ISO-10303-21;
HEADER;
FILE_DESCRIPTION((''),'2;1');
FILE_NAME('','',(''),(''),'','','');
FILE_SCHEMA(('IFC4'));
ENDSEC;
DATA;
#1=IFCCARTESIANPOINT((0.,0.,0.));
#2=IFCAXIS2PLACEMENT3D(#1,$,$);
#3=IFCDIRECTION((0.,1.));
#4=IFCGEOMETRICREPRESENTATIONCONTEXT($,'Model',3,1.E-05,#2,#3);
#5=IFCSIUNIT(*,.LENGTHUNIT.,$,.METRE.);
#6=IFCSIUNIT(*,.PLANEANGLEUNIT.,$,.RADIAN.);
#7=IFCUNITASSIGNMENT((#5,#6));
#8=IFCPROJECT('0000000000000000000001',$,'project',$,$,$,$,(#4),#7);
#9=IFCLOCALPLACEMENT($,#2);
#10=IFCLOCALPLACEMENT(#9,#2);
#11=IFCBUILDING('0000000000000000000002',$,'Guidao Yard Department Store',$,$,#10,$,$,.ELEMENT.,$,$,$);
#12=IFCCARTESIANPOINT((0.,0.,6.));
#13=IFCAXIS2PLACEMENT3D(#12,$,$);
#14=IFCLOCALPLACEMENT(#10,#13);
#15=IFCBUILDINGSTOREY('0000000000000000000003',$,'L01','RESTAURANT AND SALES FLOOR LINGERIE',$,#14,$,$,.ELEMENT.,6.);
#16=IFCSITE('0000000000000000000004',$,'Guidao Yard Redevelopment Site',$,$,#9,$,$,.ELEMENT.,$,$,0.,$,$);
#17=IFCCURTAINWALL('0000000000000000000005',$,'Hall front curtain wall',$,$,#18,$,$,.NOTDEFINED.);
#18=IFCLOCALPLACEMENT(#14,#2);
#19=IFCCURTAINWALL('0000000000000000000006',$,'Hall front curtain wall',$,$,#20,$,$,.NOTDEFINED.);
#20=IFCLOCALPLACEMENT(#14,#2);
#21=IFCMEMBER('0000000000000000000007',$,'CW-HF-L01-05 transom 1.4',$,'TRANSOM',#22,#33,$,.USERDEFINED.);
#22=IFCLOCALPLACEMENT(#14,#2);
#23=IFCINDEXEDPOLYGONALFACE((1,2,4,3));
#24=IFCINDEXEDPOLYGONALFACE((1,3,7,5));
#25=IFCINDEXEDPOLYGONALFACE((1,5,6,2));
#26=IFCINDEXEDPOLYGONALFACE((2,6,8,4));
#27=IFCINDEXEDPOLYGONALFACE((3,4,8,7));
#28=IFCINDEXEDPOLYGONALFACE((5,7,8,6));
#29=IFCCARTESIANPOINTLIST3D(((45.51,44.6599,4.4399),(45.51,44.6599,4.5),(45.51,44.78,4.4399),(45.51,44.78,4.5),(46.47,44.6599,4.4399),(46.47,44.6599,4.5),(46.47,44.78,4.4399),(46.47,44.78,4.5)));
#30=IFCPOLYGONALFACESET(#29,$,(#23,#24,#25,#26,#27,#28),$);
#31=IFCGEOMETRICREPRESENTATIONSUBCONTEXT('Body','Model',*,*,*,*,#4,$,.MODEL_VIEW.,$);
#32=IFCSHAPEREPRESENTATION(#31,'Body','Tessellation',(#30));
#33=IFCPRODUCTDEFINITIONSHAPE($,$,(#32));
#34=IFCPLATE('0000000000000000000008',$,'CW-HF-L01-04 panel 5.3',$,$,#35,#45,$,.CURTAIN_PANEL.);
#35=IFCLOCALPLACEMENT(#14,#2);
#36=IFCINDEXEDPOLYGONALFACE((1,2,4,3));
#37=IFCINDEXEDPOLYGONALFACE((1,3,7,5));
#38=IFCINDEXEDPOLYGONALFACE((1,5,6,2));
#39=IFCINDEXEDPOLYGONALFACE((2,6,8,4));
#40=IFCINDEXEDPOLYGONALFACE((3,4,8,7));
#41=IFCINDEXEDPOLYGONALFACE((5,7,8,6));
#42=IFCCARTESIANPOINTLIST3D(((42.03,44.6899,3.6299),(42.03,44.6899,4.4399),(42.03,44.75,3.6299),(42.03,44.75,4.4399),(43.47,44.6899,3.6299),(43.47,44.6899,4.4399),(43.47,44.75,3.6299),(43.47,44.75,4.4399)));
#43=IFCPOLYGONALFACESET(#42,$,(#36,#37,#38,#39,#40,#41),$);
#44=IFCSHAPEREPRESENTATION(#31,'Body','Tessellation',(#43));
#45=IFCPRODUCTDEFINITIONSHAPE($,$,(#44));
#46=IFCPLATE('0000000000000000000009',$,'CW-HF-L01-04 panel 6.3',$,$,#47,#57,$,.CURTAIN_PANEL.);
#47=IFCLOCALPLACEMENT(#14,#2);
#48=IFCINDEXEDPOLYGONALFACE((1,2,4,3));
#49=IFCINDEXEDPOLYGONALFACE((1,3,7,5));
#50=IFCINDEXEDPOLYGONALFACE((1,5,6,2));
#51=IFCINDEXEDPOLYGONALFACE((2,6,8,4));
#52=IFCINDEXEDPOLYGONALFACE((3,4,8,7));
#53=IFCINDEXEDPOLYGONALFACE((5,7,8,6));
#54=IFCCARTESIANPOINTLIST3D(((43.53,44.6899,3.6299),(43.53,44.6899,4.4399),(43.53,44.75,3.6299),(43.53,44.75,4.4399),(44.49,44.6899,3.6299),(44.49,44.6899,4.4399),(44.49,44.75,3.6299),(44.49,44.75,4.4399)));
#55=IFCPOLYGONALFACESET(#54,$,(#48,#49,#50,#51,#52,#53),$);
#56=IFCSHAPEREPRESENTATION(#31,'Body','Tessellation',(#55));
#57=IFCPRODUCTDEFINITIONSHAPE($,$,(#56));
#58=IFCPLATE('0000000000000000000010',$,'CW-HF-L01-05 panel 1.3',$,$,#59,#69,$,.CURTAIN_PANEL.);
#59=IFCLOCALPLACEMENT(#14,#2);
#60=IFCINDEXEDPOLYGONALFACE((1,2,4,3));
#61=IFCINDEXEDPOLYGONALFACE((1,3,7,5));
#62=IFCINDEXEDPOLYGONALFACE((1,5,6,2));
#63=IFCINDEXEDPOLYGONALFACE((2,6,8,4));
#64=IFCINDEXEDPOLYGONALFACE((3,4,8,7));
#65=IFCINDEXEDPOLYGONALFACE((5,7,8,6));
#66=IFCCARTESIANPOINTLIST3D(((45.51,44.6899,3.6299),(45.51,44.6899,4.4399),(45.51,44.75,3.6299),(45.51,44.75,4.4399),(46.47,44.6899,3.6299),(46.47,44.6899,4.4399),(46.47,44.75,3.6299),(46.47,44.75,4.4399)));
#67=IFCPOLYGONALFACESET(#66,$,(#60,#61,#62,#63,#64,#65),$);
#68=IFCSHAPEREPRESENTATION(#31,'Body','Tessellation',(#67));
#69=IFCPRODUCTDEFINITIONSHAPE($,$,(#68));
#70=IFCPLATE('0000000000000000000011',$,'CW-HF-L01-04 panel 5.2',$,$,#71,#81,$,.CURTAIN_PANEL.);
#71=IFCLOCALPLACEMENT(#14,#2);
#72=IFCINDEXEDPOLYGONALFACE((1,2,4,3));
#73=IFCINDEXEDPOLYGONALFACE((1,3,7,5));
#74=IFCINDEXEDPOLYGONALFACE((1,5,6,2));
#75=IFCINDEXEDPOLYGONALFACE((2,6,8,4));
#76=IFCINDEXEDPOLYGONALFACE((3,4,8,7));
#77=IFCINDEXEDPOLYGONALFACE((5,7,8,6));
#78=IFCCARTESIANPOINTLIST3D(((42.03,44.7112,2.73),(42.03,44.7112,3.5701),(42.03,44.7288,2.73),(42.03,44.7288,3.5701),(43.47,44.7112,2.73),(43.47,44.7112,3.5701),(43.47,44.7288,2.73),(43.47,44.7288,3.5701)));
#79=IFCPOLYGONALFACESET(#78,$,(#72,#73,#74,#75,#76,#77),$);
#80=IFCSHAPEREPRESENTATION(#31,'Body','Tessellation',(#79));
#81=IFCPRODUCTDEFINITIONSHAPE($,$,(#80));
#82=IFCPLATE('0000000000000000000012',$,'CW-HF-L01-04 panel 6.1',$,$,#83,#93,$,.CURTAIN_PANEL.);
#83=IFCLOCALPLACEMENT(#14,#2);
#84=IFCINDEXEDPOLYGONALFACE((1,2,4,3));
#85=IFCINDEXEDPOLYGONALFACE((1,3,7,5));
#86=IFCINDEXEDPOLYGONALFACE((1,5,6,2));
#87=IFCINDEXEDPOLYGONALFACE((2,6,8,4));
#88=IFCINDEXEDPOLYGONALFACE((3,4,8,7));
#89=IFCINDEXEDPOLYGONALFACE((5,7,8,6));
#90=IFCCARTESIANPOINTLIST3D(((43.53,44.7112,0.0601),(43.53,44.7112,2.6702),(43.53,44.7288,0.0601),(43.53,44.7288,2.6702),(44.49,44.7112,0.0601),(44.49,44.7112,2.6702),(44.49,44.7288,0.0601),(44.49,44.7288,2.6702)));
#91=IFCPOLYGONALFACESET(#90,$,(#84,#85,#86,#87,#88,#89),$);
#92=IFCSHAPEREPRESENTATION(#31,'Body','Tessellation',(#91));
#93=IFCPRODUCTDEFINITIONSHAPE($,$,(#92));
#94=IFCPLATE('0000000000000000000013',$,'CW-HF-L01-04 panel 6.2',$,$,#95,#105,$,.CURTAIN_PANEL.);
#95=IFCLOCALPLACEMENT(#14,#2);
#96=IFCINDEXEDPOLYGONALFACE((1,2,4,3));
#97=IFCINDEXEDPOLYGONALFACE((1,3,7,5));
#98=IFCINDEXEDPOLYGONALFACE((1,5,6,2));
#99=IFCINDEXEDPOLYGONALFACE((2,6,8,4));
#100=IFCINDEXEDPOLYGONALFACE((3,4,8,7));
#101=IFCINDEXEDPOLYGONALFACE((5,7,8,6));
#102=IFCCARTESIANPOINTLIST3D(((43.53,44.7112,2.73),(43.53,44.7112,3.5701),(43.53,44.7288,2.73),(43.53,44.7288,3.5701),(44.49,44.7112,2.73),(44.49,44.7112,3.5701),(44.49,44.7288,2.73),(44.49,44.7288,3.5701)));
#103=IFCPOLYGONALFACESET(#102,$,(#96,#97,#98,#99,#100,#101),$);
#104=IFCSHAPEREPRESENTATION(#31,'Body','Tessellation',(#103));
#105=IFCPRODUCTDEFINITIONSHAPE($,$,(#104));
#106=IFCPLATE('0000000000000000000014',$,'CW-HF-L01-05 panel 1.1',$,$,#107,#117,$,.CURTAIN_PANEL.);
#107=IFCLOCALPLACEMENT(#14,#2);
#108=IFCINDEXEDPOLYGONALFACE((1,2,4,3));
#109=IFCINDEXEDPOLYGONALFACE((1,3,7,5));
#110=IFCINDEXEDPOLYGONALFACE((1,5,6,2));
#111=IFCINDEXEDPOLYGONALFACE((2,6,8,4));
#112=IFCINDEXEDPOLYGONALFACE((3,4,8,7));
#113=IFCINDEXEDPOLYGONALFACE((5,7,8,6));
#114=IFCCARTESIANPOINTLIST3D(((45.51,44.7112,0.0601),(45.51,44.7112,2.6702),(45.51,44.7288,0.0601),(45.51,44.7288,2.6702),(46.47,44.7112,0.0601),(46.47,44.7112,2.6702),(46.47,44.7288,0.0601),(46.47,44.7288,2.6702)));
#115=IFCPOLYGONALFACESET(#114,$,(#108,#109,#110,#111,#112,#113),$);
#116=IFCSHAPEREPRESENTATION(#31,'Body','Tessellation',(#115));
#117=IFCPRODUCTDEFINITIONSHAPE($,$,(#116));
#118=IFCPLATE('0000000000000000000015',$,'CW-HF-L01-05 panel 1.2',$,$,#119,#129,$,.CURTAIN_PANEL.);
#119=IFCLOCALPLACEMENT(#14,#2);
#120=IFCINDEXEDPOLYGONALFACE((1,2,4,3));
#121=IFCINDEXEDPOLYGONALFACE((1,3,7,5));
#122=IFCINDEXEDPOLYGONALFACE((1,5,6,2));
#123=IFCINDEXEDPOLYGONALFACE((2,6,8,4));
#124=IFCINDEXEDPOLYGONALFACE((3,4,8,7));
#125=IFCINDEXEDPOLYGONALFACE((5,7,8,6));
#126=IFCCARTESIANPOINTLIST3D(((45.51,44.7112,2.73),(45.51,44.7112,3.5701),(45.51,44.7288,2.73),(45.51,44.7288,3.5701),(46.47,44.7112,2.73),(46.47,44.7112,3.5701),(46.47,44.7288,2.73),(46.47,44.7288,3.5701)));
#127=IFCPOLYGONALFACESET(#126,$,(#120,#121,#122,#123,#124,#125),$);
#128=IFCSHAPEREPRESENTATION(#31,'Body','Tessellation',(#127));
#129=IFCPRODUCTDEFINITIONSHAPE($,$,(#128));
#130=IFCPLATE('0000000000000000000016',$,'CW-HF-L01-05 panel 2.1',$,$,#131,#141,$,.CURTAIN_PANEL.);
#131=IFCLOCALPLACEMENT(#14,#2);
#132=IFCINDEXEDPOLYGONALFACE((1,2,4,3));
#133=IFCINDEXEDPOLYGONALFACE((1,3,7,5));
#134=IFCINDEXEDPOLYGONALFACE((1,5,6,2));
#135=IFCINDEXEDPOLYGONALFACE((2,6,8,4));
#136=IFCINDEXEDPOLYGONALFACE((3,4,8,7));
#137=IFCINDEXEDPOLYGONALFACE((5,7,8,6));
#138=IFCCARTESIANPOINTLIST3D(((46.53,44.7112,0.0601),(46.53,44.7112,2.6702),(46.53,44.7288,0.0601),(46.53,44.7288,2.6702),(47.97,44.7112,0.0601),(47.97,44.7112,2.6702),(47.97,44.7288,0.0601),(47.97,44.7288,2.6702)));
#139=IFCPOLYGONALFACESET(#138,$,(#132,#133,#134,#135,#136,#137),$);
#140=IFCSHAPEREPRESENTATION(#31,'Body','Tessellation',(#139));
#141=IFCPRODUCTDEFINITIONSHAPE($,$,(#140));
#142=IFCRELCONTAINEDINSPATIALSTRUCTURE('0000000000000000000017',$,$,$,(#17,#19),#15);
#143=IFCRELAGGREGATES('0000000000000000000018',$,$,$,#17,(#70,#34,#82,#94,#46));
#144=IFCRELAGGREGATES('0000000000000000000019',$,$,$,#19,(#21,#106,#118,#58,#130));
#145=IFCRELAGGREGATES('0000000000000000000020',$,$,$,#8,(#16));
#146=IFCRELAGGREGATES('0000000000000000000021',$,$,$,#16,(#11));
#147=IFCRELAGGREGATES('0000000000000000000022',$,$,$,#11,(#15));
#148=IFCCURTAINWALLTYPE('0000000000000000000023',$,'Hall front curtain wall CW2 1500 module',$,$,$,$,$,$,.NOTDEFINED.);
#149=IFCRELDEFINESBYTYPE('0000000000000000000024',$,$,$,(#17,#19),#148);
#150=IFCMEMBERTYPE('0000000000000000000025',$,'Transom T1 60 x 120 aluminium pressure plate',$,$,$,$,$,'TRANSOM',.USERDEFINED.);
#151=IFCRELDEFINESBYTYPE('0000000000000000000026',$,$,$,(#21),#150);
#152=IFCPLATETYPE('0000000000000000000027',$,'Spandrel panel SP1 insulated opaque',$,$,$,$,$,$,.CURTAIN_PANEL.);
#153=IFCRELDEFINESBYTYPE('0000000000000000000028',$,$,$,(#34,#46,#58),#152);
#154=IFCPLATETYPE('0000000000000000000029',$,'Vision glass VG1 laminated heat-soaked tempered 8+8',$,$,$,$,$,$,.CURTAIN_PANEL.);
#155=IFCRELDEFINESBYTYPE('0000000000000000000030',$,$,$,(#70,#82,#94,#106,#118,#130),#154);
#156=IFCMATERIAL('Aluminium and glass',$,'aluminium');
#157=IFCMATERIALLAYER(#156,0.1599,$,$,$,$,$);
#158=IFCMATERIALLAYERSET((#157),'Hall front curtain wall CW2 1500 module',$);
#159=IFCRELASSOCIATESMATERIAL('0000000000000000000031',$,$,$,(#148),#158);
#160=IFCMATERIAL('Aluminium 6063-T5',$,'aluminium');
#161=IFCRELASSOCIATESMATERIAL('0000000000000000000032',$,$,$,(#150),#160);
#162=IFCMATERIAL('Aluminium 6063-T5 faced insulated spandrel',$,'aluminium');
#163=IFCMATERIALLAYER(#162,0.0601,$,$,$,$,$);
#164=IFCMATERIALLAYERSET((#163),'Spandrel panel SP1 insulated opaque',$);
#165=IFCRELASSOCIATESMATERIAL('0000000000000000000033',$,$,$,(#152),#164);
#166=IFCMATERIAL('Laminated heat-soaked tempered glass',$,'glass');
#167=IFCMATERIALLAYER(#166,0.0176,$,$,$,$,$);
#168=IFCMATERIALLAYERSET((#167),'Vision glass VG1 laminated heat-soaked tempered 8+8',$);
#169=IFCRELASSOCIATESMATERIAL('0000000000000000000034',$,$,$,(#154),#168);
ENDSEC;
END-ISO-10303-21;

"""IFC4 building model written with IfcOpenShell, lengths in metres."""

from ifc_helpers import new_model, si_unit, direction, frame, origin, origin_2d, place, context, subcontext, project, spatial, rectangle, extrude, material, layer, layer_set, material_profile, profile_set, type_object, element, aggregate, save


model = new_model("IFC4")

# Units and contexts
model_context = context("Model", 3, precision=1e-05, world=origin(), true_north=direction((0.0, 1.0)))
body_context = subcontext(model_context, "Body", "Model", "MODEL_VIEW")
ifc_project = project(units=[si_unit("LENGTHUNIT", "METRE"), si_unit("PLANEANGLEUNIT", "RADIAN")], contexts=[model_context])

# Site, building, storey
site_placement = place(None, origin())
site = spatial("IfcSite", under=ifc_project, at=site_placement, Name="Guidao Yard Redevelopment Site", CompositionType="ELEMENT", RefElevation=0.0)
building_placement = place(site_placement, origin())
building = spatial("IfcBuilding", under=site, at=building_placement, Name="Guidao Yard Department Store", CompositionType="ELEMENT")
storey_placement = place(building_placement, frame((0.0, 0.0, 6.0)))
storey = spatial("IfcBuildingStorey", under=building, at=storey_placement, Name="L01", Description="RESTAURANT AND SALES FLOOR LINGERIE", CompositionType="ELEMENT", Elevation=6.0)

# Curtain walls
ifc_material_1 = material(Name="Aluminium and glass", Category="aluminium")
ifc_layer_1 = layer(ifc_material_1, 0.1599)
ifc_layer_set_1 = layer_set([ifc_layer_1], Name="Hall front curtain wall CW2 1500 module")
curtain_wall_type = type_object("IfcCurtainWallType", Name="Hall front curtain wall CW2 1500 module", PredefinedType="NOTDEFINED", material=ifc_layer_set_1)
curtain_wall_1_placement = place(storey_placement, origin())
curtain_wall_1 = element("IfcCurtainWall", 1, at=curtain_wall_1_placement, inside=storey, type_object=curtain_wall_type, Name="Hall front curtain wall", PredefinedType="NOTDEFINED")
curtain_wall_2_placement = place(storey_placement, origin())
curtain_wall_2 = element("IfcCurtainWall", 2, at=curtain_wall_2_placement, inside=storey, type_object=curtain_wall_type, Name="Hall front curtain wall", PredefinedType="NOTDEFINED")

# Member
ifc_material_2 = material(Name="Aluminium 6063-T5", Category="aluminium")
ifc_material_profile_1 = material_profile(ifc_material_2, rectangle(XDim=0.1201, YDim=0.0601, at=origin_2d()), Name="Transom T1 60 x 120 aluminium pressure plate")
ifc_profile_set_1 = profile_set([ifc_material_profile_1], Name="Aluminium 6063-T5")
member_type_1 = type_object("IfcMemberType", Name="Transom T1 60 x 120 aluminium pressure plate", ElementType="TRANSOM", PredefinedType="USERDEFINED", material=ifc_profile_set_1)
member_1_placement = place(storey_placement, frame((46.47, 44.72, 4.47), z_axis=(-1.0, 0.0, 0.0), x_axis=(0.0, -1.0, 0.0)))
member_1 = element("IfcMember", 3, at=member_1_placement, type_object=member_type_1, Name="CW-HF-L01-05 transom 1.4", ObjectType="TRANSOM", PredefinedType="USERDEFINED", context=body_context, shape_type="SweptSolid", body=[
    extrude(rectangle(XDim=0.1201, YDim=0.0601, at=origin_2d()), origin(), (0.0, 0.0, 1.0), 0.96),
])

# Plates
ifc_material_3 = material(Name="Aluminium 6063-T5 faced insulated spandrel", Category="aluminium")
ifc_layer_2 = layer(ifc_material_3, 0.0601)
ifc_layer_set_2 = layer_set([ifc_layer_2], Name="Spandrel panel SP1 insulated opaque")
plate_type_1 = type_object("IfcPlateType", Name="Spandrel panel SP1 insulated opaque", PredefinedType="CURTAIN_PANEL", material=ifc_layer_set_2)
plate_1_placement = place(storey_placement, frame((42.75, 44.72, 3.6299), z_axis=(0.0, 0.0, 1.0), x_axis=(-1.0, 0.0, 0.0)))
plate_1 = element("IfcPlate", 4, at=plate_1_placement, type_object=plate_type_1, Name="CW-HF-L01-04 panel 5.3", PredefinedType="CURTAIN_PANEL", context=body_context, shape_type="SweptSolid", body=[
    extrude(rectangle(XDim=1.4399, YDim=0.0601, at=origin_2d()), origin(), (0.0, 0.0, 1.0), 0.8101),
])
plate_2_placement = place(storey_placement, frame((44.01, 44.72, 3.6299), z_axis=(0.0, 0.0, 1.0), x_axis=(-1.0, 0.0, 0.0)))
plate_2 = element("IfcPlate", 5, at=plate_2_placement, type_object=plate_type_1, Name="CW-HF-L01-04 panel 6.3", PredefinedType="CURTAIN_PANEL", context=body_context, shape_type="SweptSolid", body=[
    extrude(rectangle(XDim=0.96, YDim=0.0601, at=origin_2d()), origin(), (0.0, 0.0, 1.0), 0.8101),
])
plate_3_placement = place(storey_placement, frame((45.99, 44.72, 3.6299), z_axis=(0.0, 0.0, 1.0), x_axis=(-1.0, 0.0, 0.0)))
plate_3 = element("IfcPlate", 6, at=plate_3_placement, type_object=plate_type_1, Name="CW-HF-L01-05 panel 1.3", PredefinedType="CURTAIN_PANEL", context=body_context, shape_type="SweptSolid", body=[
    extrude(rectangle(XDim=0.96, YDim=0.0601, at=origin_2d()), origin(), (0.0, 0.0, 1.0), 0.8101),
])
ifc_material_4 = material(Name="Laminated heat-soaked tempered glass", Category="glass")
ifc_layer_3 = layer(ifc_material_4, 0.0176)
ifc_layer_set_3 = layer_set([ifc_layer_3], Name="Vision glass VG1 laminated heat-soaked tempered 8+8")
plate_type_2 = type_object("IfcPlateType", Name="Vision glass VG1 laminated heat-soaked tempered 8+8", PredefinedType="CURTAIN_PANEL", material=ifc_layer_set_3)
plate_4_placement = place(storey_placement, frame((42.75, 44.72, 2.73), z_axis=(0.0, 0.0, 1.0), x_axis=(-1.0, 0.0, 0.0)))
plate_4 = element("IfcPlate", 7, at=plate_4_placement, type_object=plate_type_2, Name="CW-HF-L01-04 panel 5.2", PredefinedType="CURTAIN_PANEL", context=body_context, shape_type="SweptSolid", body=[
    extrude(rectangle(XDim=1.4399, YDim=0.0176, at=origin_2d()), origin(), (0.0, 0.0, 1.0), 0.8401),
])
plate_5_placement = place(storey_placement, frame((44.01, 44.72, 0.0601), z_axis=(0.0, 0.0, 1.0), x_axis=(-1.0, 0.0, 0.0)))
plate_5 = element("IfcPlate", 8, at=plate_5_placement, type_object=plate_type_2, Name="CW-HF-L01-04 panel 6.1", PredefinedType="CURTAIN_PANEL", context=body_context, shape_type="SweptSolid", body=[
    extrude(rectangle(XDim=0.96, YDim=0.0176, at=origin_2d()), origin(), (0.0, 0.0, 1.0), 2.6101),
])
plate_6_placement = place(storey_placement, frame((44.01, 44.72, 2.73), z_axis=(0.0, 0.0, 1.0), x_axis=(-1.0, 0.0, 0.0)))
plate_6 = element("IfcPlate", 9, at=plate_6_placement, type_object=plate_type_2, Name="CW-HF-L01-04 panel 6.2", PredefinedType="CURTAIN_PANEL", context=body_context, shape_type="SweptSolid", body=[
    extrude(rectangle(XDim=0.96, YDim=0.0176, at=origin_2d()), origin(), (0.0, 0.0, 1.0), 0.8401),
])
aggregate(curtain_wall_1, [plate_4, plate_1, plate_5, plate_6, plate_2])
plate_7_placement = place(storey_placement, frame((45.99, 44.72, 0.0601), z_axis=(0.0, 0.0, 1.0), x_axis=(-1.0, 0.0, 0.0)))
plate_7 = element("IfcPlate", 10, at=plate_7_placement, type_object=plate_type_2, Name="CW-HF-L01-05 panel 1.1", PredefinedType="CURTAIN_PANEL", context=body_context, shape_type="SweptSolid", body=[
    extrude(rectangle(XDim=0.96, YDim=0.0176, at=origin_2d()), origin(), (0.0, 0.0, 1.0), 2.6101),
])
plate_8_placement = place(storey_placement, frame((45.99, 44.72, 2.73), z_axis=(0.0, 0.0, 1.0), x_axis=(-1.0, 0.0, 0.0)))
plate_8 = element("IfcPlate", 11, at=plate_8_placement, type_object=plate_type_2, Name="CW-HF-L01-05 panel 1.2", PredefinedType="CURTAIN_PANEL", context=body_context, shape_type="SweptSolid", body=[
    extrude(rectangle(XDim=0.96, YDim=0.0176, at=origin_2d()), origin(), (0.0, 0.0, 1.0), 0.8401),
])
plate_9_placement = place(storey_placement, frame((47.25, 44.72, 0.0601), z_axis=(0.0, 0.0, 1.0), x_axis=(-1.0, 0.0, 0.0)))
plate_9 = element("IfcPlate", 12, at=plate_9_placement, type_object=plate_type_2, Name="CW-HF-L01-05 panel 2.1", PredefinedType="CURTAIN_PANEL", context=body_context, shape_type="SweptSolid", body=[
    extrude(rectangle(XDim=1.4399, YDim=0.0176, at=origin_2d()), origin(), (0.0, 0.0, 1.0), 2.6101),
])
aggregate(curtain_wall_2, [member_1, plate_7, plate_8, plate_3, plate_9])

save(model, "model.ifc")
